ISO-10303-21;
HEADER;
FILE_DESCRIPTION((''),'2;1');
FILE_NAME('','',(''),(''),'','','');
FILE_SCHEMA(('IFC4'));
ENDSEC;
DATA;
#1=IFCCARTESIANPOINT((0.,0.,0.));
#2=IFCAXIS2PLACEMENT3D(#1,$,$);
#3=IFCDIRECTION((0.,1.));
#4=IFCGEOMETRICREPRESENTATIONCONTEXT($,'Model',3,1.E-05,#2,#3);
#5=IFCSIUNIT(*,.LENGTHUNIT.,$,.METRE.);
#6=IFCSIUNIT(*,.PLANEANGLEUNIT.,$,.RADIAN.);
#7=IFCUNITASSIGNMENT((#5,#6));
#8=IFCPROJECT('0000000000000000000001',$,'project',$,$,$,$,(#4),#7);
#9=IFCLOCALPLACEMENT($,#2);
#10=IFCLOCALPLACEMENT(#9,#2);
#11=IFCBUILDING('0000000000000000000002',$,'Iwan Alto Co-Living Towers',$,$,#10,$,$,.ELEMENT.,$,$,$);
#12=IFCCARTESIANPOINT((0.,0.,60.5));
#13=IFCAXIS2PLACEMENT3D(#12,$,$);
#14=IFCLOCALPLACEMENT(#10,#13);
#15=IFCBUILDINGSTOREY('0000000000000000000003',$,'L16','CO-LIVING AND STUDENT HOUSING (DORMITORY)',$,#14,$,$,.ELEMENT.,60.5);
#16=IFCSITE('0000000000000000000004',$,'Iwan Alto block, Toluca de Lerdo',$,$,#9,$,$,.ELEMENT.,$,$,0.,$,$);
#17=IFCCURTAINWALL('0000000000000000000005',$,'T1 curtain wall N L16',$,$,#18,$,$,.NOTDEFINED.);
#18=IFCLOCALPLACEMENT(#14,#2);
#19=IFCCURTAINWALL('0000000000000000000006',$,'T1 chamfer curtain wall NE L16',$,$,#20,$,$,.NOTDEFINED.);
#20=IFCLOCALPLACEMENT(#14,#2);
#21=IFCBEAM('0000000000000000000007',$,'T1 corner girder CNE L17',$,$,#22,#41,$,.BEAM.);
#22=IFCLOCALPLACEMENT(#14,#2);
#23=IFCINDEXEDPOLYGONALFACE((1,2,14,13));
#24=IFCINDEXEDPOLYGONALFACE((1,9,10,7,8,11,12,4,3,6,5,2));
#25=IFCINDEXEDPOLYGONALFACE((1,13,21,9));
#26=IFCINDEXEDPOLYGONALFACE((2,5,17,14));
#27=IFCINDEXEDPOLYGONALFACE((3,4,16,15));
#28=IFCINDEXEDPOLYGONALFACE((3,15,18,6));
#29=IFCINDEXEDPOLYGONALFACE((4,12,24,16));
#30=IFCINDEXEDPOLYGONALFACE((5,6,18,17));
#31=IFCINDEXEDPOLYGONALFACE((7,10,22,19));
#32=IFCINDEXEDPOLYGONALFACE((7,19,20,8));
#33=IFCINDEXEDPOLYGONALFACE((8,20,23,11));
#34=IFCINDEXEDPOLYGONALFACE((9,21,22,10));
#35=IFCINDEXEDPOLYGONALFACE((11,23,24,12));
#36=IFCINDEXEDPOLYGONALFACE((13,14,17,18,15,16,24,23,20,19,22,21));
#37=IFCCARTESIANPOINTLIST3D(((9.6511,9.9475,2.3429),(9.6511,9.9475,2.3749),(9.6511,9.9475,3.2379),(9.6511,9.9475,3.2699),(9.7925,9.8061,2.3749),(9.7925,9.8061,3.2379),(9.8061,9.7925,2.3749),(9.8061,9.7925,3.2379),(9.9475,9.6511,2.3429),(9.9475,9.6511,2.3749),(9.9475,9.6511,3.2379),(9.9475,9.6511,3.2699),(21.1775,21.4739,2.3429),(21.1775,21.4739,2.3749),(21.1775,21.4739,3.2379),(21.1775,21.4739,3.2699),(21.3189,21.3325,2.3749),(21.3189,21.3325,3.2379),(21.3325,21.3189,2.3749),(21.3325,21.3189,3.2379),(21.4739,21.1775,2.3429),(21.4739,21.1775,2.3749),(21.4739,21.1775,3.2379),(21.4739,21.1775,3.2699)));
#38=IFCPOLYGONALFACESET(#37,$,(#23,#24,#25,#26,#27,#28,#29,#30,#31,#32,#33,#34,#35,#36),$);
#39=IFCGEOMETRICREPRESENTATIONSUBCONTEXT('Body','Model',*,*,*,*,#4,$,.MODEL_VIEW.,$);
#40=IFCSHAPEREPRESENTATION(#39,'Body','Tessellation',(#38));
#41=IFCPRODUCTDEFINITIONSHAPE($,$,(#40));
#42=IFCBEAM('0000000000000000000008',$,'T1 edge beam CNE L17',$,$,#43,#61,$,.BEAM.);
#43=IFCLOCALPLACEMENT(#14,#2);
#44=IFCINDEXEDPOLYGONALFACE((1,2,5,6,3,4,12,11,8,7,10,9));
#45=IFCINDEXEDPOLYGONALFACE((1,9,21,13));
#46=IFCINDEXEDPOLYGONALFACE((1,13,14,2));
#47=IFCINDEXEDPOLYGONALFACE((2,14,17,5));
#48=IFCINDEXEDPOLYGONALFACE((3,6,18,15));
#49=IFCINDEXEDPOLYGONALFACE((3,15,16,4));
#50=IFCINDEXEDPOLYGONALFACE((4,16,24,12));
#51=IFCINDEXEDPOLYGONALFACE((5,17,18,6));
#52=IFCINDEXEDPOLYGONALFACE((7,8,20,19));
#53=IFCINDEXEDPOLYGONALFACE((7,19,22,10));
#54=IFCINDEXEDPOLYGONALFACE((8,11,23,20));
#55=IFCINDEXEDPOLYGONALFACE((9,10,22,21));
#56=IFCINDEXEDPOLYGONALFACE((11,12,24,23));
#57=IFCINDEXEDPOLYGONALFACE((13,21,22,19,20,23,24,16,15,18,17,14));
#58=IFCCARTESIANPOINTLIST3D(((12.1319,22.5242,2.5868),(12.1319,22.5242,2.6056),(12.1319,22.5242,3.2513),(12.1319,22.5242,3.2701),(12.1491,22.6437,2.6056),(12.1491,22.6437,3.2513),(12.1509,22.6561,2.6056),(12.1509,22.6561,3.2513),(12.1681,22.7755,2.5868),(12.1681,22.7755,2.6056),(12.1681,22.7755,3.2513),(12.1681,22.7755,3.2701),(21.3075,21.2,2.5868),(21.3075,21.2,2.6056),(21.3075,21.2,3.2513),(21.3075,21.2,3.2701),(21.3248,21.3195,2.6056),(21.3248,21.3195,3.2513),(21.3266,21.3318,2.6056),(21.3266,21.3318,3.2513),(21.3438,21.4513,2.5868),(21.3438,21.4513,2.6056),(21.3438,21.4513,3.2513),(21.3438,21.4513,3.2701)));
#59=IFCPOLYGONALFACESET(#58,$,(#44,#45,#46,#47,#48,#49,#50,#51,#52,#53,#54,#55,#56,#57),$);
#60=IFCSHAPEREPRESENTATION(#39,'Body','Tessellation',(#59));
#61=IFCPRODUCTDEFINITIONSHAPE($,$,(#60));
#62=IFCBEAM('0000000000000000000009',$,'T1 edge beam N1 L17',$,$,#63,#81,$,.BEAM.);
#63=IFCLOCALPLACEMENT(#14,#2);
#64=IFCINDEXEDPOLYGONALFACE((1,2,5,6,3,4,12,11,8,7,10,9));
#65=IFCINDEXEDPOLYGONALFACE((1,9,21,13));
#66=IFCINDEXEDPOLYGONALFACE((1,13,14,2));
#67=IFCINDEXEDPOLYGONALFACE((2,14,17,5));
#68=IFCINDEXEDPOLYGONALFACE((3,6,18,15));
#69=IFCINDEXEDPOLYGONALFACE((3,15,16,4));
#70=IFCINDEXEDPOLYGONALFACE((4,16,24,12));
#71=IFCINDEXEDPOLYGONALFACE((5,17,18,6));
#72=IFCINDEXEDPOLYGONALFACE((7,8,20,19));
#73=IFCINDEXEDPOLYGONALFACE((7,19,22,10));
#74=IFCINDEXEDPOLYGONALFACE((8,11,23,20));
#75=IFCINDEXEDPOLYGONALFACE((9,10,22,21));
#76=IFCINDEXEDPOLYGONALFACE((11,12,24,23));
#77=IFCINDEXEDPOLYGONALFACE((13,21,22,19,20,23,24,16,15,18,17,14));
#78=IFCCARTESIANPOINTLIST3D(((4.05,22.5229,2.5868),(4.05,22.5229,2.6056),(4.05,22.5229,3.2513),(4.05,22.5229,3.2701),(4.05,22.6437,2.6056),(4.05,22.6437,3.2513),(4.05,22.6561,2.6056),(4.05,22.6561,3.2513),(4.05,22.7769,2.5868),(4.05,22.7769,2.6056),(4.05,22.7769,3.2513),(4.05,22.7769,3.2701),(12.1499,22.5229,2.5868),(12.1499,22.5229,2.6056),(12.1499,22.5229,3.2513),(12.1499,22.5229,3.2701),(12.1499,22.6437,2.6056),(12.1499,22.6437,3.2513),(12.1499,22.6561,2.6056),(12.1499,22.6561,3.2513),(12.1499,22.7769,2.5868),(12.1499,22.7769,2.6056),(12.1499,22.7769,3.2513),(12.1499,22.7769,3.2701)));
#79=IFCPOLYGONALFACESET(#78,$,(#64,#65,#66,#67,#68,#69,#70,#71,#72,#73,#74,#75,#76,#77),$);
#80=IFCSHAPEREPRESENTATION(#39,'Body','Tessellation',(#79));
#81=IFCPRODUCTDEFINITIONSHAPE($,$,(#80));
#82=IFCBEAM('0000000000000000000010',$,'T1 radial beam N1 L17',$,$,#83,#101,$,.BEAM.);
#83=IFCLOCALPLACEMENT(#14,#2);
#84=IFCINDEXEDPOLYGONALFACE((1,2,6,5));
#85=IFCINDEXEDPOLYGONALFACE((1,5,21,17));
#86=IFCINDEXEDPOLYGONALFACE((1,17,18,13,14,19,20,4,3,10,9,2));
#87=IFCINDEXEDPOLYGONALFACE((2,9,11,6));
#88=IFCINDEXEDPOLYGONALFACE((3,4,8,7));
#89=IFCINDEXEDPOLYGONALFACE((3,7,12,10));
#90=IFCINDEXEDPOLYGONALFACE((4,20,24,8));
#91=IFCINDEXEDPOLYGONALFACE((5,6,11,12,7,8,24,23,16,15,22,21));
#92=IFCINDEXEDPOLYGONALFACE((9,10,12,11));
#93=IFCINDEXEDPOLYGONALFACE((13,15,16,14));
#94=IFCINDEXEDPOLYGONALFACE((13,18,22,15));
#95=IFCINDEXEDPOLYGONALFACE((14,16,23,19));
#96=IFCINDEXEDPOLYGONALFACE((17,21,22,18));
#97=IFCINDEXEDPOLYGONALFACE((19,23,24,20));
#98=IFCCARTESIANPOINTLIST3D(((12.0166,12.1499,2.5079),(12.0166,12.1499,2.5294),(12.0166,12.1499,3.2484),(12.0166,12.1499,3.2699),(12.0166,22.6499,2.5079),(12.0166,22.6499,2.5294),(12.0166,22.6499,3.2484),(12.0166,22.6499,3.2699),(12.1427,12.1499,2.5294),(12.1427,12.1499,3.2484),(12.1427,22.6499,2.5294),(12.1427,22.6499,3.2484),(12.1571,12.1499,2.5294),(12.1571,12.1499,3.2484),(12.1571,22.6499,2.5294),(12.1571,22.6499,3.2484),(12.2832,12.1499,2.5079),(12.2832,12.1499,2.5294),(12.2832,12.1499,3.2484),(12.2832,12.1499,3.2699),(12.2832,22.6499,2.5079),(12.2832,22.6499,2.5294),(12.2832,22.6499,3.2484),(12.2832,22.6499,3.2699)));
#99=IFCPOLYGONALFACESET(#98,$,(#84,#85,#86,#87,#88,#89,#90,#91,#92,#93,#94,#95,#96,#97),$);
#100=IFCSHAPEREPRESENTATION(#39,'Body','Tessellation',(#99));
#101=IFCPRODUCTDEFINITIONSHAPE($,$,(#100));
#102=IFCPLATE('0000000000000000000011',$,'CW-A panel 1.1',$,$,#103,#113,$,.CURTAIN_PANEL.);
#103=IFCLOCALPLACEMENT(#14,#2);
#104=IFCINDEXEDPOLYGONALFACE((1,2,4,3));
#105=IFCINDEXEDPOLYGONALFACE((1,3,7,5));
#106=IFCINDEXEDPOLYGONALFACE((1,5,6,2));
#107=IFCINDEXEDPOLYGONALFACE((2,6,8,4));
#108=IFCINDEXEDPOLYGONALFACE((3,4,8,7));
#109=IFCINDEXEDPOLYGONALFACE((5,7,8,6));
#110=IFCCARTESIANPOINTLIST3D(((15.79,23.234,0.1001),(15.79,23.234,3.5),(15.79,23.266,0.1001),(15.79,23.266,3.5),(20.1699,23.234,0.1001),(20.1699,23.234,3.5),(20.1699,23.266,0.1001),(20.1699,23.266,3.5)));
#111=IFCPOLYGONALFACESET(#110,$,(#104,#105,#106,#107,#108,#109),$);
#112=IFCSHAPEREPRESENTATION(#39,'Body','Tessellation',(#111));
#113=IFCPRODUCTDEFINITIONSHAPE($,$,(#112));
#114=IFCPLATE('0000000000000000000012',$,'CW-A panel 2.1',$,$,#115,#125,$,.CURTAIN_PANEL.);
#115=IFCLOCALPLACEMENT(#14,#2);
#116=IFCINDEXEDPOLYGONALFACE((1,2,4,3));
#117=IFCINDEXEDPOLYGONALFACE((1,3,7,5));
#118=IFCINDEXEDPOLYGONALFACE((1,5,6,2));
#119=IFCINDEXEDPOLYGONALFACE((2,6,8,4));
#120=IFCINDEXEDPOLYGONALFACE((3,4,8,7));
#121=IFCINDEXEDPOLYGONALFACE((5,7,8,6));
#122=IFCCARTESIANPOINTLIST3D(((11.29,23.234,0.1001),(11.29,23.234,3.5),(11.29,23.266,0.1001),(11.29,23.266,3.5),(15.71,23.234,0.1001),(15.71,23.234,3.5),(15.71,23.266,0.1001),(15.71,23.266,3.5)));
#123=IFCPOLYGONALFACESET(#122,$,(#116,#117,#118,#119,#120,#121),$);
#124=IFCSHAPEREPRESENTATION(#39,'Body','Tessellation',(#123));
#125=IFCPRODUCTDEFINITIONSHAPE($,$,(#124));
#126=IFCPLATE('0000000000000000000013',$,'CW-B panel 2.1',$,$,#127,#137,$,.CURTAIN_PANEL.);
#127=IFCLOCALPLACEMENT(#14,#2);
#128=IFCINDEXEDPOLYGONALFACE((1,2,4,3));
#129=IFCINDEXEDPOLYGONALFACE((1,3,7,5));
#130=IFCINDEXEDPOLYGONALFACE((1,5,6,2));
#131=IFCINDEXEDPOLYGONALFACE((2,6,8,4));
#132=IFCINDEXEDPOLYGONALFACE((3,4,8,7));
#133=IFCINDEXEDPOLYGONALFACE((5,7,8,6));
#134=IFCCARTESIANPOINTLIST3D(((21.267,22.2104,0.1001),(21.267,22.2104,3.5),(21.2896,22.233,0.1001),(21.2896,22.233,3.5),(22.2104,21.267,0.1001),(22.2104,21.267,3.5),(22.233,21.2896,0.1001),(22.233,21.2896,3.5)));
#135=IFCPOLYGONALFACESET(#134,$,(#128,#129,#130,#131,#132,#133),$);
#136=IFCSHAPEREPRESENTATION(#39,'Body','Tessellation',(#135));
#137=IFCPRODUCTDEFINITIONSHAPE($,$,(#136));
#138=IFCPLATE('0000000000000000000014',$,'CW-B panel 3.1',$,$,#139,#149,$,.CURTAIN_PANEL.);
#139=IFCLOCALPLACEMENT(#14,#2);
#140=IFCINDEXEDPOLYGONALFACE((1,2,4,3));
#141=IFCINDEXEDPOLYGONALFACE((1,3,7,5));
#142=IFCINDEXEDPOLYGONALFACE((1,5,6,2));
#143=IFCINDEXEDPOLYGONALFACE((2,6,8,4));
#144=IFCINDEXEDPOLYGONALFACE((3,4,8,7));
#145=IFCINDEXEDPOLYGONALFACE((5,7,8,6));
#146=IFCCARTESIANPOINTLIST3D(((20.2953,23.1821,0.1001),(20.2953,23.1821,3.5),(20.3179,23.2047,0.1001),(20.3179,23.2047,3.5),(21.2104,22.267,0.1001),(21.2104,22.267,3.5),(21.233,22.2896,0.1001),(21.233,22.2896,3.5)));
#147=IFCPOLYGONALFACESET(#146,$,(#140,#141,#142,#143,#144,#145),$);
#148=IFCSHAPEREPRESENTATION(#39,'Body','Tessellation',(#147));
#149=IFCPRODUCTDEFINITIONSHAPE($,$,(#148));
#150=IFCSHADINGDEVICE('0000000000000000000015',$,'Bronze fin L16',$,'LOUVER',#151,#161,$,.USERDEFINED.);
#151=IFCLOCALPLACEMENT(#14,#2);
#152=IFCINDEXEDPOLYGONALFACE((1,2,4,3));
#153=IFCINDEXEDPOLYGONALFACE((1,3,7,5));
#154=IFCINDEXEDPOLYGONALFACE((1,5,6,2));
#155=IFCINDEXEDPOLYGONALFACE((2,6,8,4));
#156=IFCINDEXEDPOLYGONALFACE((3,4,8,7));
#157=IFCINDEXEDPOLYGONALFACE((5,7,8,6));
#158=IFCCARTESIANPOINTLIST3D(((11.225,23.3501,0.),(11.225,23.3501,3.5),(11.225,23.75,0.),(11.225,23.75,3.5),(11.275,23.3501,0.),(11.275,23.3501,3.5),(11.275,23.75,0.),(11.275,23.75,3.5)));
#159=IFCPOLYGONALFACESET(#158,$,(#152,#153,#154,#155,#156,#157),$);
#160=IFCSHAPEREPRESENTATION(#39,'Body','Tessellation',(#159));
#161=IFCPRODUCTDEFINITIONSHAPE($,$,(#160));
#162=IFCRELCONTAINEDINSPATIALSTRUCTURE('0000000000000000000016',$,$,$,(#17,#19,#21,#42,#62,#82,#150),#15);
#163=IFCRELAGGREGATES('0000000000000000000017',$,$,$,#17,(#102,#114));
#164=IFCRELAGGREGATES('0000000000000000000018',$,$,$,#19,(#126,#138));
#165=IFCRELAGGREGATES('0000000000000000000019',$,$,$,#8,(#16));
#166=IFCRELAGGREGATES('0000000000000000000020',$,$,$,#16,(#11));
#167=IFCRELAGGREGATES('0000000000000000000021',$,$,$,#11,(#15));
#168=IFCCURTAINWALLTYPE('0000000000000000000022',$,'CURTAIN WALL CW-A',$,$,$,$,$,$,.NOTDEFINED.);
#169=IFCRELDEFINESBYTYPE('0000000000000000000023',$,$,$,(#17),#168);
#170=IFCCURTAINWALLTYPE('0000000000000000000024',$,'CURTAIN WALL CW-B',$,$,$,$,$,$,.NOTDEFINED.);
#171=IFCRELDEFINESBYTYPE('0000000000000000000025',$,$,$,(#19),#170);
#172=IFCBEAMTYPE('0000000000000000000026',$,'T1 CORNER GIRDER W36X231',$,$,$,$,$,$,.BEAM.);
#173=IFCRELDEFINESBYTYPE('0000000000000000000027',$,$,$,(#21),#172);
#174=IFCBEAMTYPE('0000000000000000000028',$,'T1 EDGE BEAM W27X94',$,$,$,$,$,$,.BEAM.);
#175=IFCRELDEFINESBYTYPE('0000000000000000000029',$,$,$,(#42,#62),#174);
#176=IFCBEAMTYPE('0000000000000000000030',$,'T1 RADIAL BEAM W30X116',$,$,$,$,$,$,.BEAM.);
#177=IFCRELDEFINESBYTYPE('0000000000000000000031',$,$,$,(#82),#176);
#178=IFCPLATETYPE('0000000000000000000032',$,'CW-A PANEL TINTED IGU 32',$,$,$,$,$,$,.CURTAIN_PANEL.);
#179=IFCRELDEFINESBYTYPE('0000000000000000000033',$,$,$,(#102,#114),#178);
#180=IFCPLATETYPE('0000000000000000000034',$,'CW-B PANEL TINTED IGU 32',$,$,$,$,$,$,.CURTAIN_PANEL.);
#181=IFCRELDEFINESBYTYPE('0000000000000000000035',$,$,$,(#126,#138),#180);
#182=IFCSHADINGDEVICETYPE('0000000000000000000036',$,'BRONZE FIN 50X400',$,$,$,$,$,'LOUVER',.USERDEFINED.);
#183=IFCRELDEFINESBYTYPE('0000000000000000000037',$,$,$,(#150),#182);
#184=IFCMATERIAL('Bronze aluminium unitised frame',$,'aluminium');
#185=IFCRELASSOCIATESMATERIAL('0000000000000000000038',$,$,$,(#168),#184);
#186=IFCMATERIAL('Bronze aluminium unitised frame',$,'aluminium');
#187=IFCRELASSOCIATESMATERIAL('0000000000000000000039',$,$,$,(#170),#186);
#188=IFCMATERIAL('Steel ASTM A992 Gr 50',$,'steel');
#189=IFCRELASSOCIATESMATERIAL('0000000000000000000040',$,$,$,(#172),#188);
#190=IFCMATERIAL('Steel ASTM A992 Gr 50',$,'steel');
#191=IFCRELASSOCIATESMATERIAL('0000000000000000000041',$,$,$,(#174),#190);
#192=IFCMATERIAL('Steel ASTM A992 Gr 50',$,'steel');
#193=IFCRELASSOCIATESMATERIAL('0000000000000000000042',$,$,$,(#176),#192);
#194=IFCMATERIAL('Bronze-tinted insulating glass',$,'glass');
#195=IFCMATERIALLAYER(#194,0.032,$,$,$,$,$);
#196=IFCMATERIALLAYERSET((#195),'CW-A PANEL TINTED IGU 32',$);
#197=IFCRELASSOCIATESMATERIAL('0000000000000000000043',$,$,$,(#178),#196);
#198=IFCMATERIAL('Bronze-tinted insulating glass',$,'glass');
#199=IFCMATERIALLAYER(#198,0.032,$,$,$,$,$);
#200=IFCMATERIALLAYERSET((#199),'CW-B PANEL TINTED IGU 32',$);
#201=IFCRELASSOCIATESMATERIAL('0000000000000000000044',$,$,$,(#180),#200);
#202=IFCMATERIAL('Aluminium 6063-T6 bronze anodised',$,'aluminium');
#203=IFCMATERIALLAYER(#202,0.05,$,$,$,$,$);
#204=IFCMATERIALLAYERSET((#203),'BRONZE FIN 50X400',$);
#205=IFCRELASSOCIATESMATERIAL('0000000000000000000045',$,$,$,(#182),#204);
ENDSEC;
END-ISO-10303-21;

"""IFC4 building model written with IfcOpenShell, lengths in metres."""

from ifc_helpers import new_model, si_unit, direction, frame, origin, origin_2d, place, context, subcontext, project, spatial, rectangle, i_section, extrude, material, layer, layer_set, material_profile, profile_set, type_object, element, aggregate, save


model = new_model("IFC4")

# Units and contexts
model_context = context("Model", 3, precision=1e-05, world=origin(), true_north=direction((0.0, 1.0)))
body_context = subcontext(model_context, "Body", "Model", "MODEL_VIEW")
ifc_project = project(units=[si_unit("LENGTHUNIT", "METRE"), si_unit("PLANEANGLEUNIT", "RADIAN")], contexts=[model_context])

# Site, building, storey
site_placement = place(None, origin())
site = spatial("IfcSite", under=ifc_project, at=site_placement, Name="Iwan Alto block, Toluca de Lerdo", CompositionType="ELEMENT", RefElevation=0.0)
building_placement = place(site_placement, origin())
building = spatial("IfcBuilding", under=site, at=building_placement, Name="Iwan Alto Co-Living Towers", CompositionType="ELEMENT")
storey_placement = place(building_placement, frame((0.0, 0.0, 60.5)))
storey = spatial("IfcBuildingStorey", under=building, at=storey_placement, Name="L16", Description="CO-LIVING AND STUDENT HOUSING (DORMITORY)", CompositionType="ELEMENT", Elevation=60.5)

# Curtain walls
ifc_material_1 = material(Name="Bronze aluminium unitised frame", Category="aluminium")
curtain_wall_type_1 = type_object("IfcCurtainWallType", Name="CURTAIN WALL CW-A", PredefinedType="NOTDEFINED", material=ifc_material_1)
curtain_wall_1_placement = place(storey_placement, origin())
curtain_wall_1 = element("IfcCurtainWall", 1, at=curtain_wall_1_placement, inside=storey, type_object=curtain_wall_type_1, Name="T1 curtain wall N L16", PredefinedType="NOTDEFINED")
ifc_material_2 = material(Name="Bronze aluminium unitised frame", Category="aluminium")
curtain_wall_type_2 = type_object("IfcCurtainWallType", Name="CURTAIN WALL CW-B", PredefinedType="NOTDEFINED", material=ifc_material_2)
curtain_wall_2_placement = place(storey_placement, origin())
curtain_wall_2 = element("IfcCurtainWall", 2, at=curtain_wall_2_placement, inside=storey, type_object=curtain_wall_type_2, Name="T1 chamfer curtain wall NE L16", PredefinedType="NOTDEFINED")

# Beams
ifc_material_3 = material(Name="Steel ASTM A992 Gr 50", Category="steel")
ifc_material_profile_1 = material_profile(ifc_material_3, i_section(OverallWidth=0.4192, OverallDepth=0.927, WebThickness=0.0193, FlangeThickness=0.032, at=origin_2d()), Name="W36X231")
ifc_profile_set_1 = profile_set([ifc_material_profile_1], Name="Steel ASTM A992 Gr 50")
beam_type_1 = type_object("IfcBeamType", Name="T1 CORNER GIRDER W36X231", PredefinedType="BEAM", material=ifc_profile_set_1)
beam_1_placement = place(storey_placement, frame((21.3257, 21.3257, 2.8064), z_axis=(-0.707107, -0.707107, 0.0), x_axis=(0.707107, -0.707107, 0.0)))
element("IfcBeam", 3, at=beam_1_placement, inside=storey, type_object=beam_type_1, Name="T1 corner girder CNE L17", PredefinedType="BEAM", context=body_context, shape_type="SweptSolid", body=[
    extrude(i_section(OverallWidth=0.4192, OverallDepth=0.927, WebThickness=0.0193, FlangeThickness=0.032, at=origin_2d()), origin(), (0.0, 0.0, 1.0), 16.3008),
])
ifc_material_4 = material(Name="Steel ASTM A992 Gr 50", Category="steel")
ifc_material_profile_2 = material_profile(ifc_material_4, i_section(OverallWidth=0.2539, OverallDepth=0.6833, WebThickness=0.0125, FlangeThickness=0.0188, at=origin_2d()), Name="W27X94")
ifc_profile_set_2 = profile_set([ifc_material_profile_2], Name="Steel ASTM A992 Gr 50")
beam_type_2 = type_object("IfcBeamType", Name="T1 EDGE BEAM W27X94", PredefinedType="BEAM", material=ifc_profile_set_2)
beam_2_placement = place(storey_placement, frame((21.3257, 21.3257, 2.9285), z_axis=(-0.989746, 0.142837, 0.0), x_axis=(-0.142837, -0.989746, 0.0)))
element("IfcBeam", 4, at=beam_2_placement, inside=storey, type_object=beam_type_2, Name="T1 edge beam CNE L17", PredefinedType="BEAM", context=body_context, shape_type="SweptSolid", body=[
    extrude(i_section(OverallWidth=0.2539, OverallDepth=0.6833, WebThickness=0.0125, FlangeThickness=0.0188, at=origin_2d()), origin(), (0.0, 0.0, 1.0), 9.2708),
])
beam_3_placement = place(storey_placement, frame((12.1499, 22.6499, 2.9285), z_axis=(-1.0, 0.0, 0.0), x_axis=(0.0, -1.0, 0.0)))
element("IfcBeam", 5, at=beam_3_placement, inside=storey, type_object=beam_type_2, Name="T1 edge beam N1 L17", PredefinedType="BEAM", context=body_context, shape_type="SweptSolid", body=[
    extrude(i_section(OverallWidth=0.2539, OverallDepth=0.6833, WebThickness=0.0125, FlangeThickness=0.0188, at=origin_2d()), origin(), (0.0, 0.0, 1.0), 8.0999),
])
ifc_material_5 = material(Name="Steel ASTM A992 Gr 50", Category="steel")
ifc_material_profile_3 = material_profile(ifc_material_5, i_section(OverallWidth=0.2666, OverallDepth=0.762, WebThickness=0.0144, FlangeThickness=0.0215, at=origin_2d()), Name="W30X116")
ifc_profile_set_3 = profile_set([ifc_material_profile_3], Name="Steel ASTM A992 Gr 50")
beam_type_3 = type_object("IfcBeamType", Name="T1 RADIAL BEAM W30X116", PredefinedType="BEAM", material=ifc_profile_set_3)
beam_4_placement = place(storey_placement, frame((12.1499, 22.6499, 2.8889), z_axis=(0.0, -1.0, 0.0), x_axis=(1.0, 0.0, 0.0)))
element("IfcBeam", 6, at=beam_4_placement, inside=storey, type_object=beam_type_3, Name="T1 radial beam N1 L17", PredefinedType="BEAM", context=body_context, shape_type="SweptSolid", body=[
    extrude(i_section(OverallWidth=0.2666, OverallDepth=0.762, WebThickness=0.0144, FlangeThickness=0.0215, at=origin_2d()), origin(), (0.0, 0.0, 1.0), 10.5),
])

# Plates
ifc_material_6 = material(Name="Bronze-tinted insulating glass", Category="glass")
ifc_layer_1 = layer(ifc_material_6, 0.032)
ifc_layer_set_1 = layer_set([ifc_layer_1], Name="CW-A PANEL TINTED IGU 32")
plate_type_1 = type_object("IfcPlateType", Name="CW-A PANEL TINTED IGU 32", PredefinedType="CURTAIN_PANEL", material=ifc_layer_set_1)
plate_1_placement = place(storey_placement, frame((17.98, 23.25, 0.1001), z_axis=(0.0, 0.0, 1.0), x_axis=(-1.0, 0.0, 0.0)))
plate_1 = element("IfcPlate", 7, at=plate_1_placement, type_object=plate_type_1, Name="CW-A panel 1.1", PredefinedType="CURTAIN_PANEL", context=body_context, shape_type="SweptSolid", body=[
    extrude(rectangle(XDim=4.3799, YDim=0.032, at=origin_2d()), origin(), (0.0, 0.0, 1.0), 3.3999),
])
plate_2_placement = place(storey_placement, frame((13.5, 23.25, 0.1001), z_axis=(0.0, 0.0, 1.0), x_axis=(-1.0, 0.0, 0.0)))
plate_2 = element("IfcPlate", 8, at=plate_2_placement, type_object=plate_type_1, Name="CW-A panel 2.1", PredefinedType="CURTAIN_PANEL", context=body_context, shape_type="SweptSolid", body=[
    extrude(rectangle(XDim=4.4199, YDim=0.032, at=origin_2d()), origin(), (0.0, 0.0, 1.0), 3.3999),
])
aggregate(curtain_wall_1, [plate_1, plate_2])
ifc_material_7 = material(Name="Bronze-tinted insulating glass", Category="glass")
ifc_layer_2 = layer(ifc_material_7, 0.032)
ifc_layer_set_2 = layer_set([ifc_layer_2], Name="CW-B PANEL TINTED IGU 32")
plate_type_2 = type_object("IfcPlateType", Name="CW-B PANEL TINTED IGU 32", PredefinedType="CURTAIN_PANEL", material=ifc_layer_set_2)
plate_3_placement = place(storey_placement, frame((21.75, 21.75, 0.1001), z_axis=(0.0, 0.0, 1.0), x_axis=(-0.707107, 0.707107, 0.0)))
plate_3 = element("IfcPlate", 9, at=plate_3_placement, type_object=plate_type_2, Name="CW-B panel 2.1", PredefinedType="CURTAIN_PANEL", context=body_context, shape_type="SweptSolid", body=[
    extrude(rectangle(XDim=1.3342, YDim=0.032, at=origin_2d()), origin(), (0.0, 0.0, 1.0), 3.3999),
])
plate_4_placement = place(storey_placement, frame((20.7642, 22.7358, 0.1001), z_axis=(0.0, 0.0, 1.0), x_axis=(-0.707107, 0.707107, 0.0)))
plate_4 = element("IfcPlate", 10, at=plate_4_placement, type_object=plate_type_2, Name="CW-B panel 3.1", PredefinedType="CURTAIN_PANEL", context=body_context, shape_type="SweptSolid", body=[
    extrude(rectangle(XDim=1.2942, YDim=0.032, at=origin_2d()), origin(), (0.0, 0.0, 1.0), 3.3999),
])
aggregate(curtain_wall_2, [plate_3, plate_4])

# Shading device
ifc_material_8 = material(Name="Aluminium 6063-T6 bronze anodised", Category="aluminium")
ifc_layer_3 = layer(ifc_material_8, 0.05)
ifc_layer_set_3 = layer_set([ifc_layer_3], Name="BRONZE FIN 50X400")
shading_device_type = type_object("IfcShadingDeviceType", Name="BRONZE FIN 50X400", ElementType="LOUVER", PredefinedType="USERDEFINED", material=ifc_layer_set_3)
shading_device_placement = place(storey_placement, frame((11.25, 23.55, 0.0), z_axis=(0.0, 0.0, 1.0), x_axis=(-1.0, 0.0, 0.0)))
element("IfcShadingDevice", 11, at=shading_device_placement, inside=storey, type_object=shading_device_type, Name="Bronze fin L16", ObjectType="LOUVER", PredefinedType="USERDEFINED", context=body_context, shape_type="SweptSolid", body=[
    extrude(rectangle(XDim=0.05, YDim=0.3999, at=origin_2d()), origin(), (0.0, 0.0, 1.0), 3.5),
])

save(model, "model.ifc")
